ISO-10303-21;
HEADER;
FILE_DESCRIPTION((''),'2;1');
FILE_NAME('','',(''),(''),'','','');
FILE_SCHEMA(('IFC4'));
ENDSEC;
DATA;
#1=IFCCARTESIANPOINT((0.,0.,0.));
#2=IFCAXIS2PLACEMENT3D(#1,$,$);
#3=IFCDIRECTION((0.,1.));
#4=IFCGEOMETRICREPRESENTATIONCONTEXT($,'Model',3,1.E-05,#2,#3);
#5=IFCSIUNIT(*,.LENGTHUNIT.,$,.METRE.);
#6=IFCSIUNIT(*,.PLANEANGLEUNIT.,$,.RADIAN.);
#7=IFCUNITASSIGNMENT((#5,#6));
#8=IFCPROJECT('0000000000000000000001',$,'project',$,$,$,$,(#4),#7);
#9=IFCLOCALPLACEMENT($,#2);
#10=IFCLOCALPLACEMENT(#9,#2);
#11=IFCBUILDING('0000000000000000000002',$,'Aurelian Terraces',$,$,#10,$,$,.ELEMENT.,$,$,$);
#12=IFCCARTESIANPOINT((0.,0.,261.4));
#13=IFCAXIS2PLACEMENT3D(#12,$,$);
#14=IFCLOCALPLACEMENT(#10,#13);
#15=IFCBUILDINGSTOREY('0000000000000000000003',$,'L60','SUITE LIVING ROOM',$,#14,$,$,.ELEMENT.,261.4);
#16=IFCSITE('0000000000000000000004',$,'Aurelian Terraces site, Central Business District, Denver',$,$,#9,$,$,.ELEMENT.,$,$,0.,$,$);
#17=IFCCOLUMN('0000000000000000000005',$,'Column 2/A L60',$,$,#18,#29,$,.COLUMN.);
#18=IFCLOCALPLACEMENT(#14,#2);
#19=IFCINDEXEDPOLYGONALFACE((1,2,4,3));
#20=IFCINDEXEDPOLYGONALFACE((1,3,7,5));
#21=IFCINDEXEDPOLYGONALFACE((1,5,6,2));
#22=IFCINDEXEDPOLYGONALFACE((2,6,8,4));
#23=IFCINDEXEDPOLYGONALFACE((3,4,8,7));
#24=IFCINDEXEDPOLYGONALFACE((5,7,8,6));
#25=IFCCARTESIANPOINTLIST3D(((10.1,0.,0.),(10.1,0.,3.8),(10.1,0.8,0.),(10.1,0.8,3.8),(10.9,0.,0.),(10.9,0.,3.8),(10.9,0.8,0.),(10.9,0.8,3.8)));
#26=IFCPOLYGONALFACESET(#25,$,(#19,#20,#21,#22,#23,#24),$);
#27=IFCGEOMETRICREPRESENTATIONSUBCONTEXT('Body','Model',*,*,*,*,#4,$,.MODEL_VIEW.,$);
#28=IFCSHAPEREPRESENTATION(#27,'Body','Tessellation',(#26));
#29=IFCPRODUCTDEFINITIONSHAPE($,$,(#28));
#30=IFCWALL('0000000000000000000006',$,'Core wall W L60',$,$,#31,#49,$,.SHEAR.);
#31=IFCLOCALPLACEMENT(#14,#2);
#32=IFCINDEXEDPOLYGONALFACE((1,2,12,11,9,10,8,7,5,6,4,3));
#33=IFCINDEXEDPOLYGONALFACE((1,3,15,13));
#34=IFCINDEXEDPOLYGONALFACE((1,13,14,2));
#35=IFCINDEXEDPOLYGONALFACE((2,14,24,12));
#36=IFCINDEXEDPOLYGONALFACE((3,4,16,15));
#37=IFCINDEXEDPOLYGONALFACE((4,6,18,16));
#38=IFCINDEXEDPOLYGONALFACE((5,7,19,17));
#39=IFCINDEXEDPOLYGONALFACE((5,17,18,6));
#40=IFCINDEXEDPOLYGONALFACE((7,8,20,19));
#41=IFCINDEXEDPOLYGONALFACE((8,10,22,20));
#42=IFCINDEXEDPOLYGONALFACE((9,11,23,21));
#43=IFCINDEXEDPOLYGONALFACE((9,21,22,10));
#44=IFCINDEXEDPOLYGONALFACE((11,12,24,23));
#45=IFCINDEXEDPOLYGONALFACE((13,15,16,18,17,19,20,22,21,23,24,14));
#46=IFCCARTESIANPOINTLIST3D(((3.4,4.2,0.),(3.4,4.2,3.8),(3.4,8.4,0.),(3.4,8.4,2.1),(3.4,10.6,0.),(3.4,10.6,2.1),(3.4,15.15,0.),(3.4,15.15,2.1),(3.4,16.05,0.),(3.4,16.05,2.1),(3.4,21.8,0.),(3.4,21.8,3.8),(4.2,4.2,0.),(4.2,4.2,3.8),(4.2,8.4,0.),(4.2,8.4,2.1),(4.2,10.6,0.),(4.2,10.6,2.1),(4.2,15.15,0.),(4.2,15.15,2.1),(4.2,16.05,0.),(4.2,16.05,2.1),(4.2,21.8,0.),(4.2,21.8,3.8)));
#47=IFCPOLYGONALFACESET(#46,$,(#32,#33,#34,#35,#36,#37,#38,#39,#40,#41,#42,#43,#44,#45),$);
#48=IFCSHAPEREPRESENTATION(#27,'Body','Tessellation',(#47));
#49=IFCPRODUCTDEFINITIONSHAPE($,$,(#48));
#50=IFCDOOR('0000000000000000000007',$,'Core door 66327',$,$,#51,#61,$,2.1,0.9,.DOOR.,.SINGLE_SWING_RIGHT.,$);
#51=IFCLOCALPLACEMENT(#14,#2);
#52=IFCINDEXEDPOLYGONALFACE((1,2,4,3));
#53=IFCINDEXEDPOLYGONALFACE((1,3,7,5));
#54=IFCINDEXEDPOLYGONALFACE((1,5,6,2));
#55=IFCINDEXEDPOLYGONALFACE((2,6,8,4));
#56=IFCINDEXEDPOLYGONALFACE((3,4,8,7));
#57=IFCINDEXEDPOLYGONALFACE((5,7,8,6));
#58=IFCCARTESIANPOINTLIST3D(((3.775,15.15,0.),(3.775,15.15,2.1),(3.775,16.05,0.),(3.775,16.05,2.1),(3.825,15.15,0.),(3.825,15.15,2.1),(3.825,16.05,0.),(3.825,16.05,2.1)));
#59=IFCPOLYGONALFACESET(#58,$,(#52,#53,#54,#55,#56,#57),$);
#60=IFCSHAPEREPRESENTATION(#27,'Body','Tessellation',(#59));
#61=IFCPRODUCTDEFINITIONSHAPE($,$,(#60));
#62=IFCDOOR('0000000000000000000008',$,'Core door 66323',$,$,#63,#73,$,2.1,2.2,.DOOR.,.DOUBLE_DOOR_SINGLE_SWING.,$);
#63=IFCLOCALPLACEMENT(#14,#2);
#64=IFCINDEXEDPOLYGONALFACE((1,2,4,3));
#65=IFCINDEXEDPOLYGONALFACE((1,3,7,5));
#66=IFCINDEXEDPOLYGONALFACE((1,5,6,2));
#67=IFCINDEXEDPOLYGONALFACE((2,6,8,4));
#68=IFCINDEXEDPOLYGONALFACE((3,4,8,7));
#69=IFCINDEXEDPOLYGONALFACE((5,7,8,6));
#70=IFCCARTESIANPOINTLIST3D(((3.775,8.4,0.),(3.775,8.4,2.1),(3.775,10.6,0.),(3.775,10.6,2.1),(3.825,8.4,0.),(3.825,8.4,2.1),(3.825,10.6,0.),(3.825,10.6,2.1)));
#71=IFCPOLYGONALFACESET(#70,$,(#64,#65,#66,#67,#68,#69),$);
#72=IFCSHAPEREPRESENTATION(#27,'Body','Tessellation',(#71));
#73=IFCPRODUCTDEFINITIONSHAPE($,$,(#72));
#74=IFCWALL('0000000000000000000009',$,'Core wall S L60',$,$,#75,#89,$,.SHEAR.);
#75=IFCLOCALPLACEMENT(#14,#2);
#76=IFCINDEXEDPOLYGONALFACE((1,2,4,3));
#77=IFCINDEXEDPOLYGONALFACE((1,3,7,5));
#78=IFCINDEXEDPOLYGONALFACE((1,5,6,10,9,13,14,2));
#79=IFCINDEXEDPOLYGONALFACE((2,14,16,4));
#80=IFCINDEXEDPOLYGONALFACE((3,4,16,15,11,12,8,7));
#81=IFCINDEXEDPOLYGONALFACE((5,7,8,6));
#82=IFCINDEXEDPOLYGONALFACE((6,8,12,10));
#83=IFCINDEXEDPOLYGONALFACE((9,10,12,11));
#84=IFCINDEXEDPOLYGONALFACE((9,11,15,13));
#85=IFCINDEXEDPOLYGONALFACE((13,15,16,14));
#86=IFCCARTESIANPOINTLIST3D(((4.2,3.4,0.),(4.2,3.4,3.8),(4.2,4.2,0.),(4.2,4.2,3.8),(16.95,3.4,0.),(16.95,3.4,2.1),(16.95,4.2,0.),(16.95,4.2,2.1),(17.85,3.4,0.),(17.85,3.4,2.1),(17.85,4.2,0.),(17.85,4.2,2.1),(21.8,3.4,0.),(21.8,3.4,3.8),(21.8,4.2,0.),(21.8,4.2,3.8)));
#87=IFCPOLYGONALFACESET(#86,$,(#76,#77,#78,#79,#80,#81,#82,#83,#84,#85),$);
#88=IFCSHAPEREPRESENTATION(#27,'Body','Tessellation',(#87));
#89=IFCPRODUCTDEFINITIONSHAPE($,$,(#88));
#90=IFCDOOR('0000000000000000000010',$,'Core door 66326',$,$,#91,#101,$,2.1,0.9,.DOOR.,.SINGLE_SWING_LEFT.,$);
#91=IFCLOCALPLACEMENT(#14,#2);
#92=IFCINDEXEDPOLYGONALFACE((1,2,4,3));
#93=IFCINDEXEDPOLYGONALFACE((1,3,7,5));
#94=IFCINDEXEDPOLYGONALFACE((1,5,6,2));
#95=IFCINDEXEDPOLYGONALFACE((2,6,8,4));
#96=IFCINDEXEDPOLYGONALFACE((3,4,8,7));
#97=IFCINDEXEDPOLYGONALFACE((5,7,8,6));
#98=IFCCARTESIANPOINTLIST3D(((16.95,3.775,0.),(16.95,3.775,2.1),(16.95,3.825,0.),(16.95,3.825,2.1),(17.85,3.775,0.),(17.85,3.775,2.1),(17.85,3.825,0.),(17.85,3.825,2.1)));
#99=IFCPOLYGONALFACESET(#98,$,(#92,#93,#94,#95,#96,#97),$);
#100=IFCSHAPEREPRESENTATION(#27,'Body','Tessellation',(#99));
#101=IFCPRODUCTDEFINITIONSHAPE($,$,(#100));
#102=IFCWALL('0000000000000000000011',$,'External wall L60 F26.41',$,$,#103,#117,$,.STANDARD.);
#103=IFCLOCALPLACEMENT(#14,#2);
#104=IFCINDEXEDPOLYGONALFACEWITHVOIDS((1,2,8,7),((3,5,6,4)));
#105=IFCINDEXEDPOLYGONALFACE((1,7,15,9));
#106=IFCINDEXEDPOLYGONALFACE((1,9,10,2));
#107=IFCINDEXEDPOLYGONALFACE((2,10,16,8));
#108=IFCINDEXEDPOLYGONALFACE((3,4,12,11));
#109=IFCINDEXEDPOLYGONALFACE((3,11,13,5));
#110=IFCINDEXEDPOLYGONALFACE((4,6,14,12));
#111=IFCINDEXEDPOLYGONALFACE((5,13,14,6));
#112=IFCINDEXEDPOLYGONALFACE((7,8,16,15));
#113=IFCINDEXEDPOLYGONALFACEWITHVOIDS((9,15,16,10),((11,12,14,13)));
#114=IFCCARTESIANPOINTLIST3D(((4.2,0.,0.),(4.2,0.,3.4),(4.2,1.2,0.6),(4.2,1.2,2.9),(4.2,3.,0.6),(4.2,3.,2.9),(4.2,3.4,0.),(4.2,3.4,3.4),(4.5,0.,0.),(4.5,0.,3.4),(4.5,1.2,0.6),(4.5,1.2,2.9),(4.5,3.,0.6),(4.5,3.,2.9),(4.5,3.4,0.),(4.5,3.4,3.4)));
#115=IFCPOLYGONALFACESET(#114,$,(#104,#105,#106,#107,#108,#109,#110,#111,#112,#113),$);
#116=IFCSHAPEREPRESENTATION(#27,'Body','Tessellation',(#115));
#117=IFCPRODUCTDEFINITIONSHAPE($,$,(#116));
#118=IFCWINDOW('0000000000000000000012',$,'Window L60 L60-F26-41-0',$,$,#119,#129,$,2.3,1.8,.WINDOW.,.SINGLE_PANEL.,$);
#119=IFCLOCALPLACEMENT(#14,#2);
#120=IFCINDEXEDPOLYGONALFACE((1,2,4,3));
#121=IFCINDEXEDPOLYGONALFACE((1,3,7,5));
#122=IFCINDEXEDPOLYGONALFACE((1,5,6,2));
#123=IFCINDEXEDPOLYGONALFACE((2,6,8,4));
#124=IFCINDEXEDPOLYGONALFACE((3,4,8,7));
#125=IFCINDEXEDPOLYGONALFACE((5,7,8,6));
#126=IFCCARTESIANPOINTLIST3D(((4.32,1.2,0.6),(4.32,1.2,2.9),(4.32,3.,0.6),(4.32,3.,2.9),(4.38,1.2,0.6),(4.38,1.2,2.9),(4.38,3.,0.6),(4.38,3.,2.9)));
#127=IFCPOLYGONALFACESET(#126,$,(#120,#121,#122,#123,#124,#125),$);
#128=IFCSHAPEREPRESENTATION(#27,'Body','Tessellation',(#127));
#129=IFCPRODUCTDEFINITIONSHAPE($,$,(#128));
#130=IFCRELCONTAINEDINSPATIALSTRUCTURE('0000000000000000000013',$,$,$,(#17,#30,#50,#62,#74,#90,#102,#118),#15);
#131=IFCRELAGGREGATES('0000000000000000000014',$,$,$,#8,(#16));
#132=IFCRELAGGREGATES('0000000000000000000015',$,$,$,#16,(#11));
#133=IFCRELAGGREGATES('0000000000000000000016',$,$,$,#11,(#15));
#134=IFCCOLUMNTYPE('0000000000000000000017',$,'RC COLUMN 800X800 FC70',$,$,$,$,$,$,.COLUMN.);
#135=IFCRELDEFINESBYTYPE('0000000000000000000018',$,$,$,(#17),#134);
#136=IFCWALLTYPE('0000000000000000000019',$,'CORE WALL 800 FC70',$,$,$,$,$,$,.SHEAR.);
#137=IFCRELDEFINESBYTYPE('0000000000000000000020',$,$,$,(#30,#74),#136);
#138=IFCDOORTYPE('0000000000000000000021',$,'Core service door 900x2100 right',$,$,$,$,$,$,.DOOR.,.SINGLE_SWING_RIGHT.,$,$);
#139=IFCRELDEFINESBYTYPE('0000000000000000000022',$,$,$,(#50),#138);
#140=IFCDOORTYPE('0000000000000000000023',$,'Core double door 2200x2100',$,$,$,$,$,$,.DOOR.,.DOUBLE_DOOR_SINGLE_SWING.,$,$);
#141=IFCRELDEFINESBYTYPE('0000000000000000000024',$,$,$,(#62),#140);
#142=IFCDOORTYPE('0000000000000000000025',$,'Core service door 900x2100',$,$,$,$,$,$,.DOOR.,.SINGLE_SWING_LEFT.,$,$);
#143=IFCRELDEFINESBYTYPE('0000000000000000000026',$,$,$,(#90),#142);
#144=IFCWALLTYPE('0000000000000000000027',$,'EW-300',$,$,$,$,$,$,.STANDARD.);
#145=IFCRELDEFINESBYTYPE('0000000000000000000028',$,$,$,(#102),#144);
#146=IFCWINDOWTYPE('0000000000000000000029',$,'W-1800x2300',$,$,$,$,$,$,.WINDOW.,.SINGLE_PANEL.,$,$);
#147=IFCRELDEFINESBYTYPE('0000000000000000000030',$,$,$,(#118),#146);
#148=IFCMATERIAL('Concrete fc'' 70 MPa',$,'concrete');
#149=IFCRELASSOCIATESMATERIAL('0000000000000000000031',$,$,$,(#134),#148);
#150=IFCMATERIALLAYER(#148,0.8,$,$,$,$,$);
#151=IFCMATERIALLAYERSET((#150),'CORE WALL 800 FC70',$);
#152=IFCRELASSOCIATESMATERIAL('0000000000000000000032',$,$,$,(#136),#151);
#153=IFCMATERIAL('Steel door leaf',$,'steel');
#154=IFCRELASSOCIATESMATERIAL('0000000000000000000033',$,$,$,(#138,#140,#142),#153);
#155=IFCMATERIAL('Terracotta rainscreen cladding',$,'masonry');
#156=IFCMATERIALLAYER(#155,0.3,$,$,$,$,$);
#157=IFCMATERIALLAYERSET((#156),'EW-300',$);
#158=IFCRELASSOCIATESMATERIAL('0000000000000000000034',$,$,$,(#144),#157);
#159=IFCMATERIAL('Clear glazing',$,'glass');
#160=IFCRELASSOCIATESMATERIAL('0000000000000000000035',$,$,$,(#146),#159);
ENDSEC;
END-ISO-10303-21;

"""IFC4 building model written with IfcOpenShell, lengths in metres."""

from ifc_helpers import new_model, si_unit, direction, frame, frame_2d, origin, origin_2d, place, context, subcontext, project, spatial, rectangle, extrude, source, transform, mapped, material, layer, layer_set, material_profile, profile_set, type_object, element, fill, save


model = new_model("IFC4")

# Units and contexts
model_context = context("Model", 3, precision=1e-05, world=origin(), true_north=direction((0.0, 1.0)))
body_context = subcontext(model_context, "Body", "Model", "MODEL_VIEW")
ifc_project = project(units=[si_unit("LENGTHUNIT", "METRE"), si_unit("PLANEANGLEUNIT", "RADIAN")], contexts=[model_context])

# Site, building, storey
site_placement = place(None, origin())
site = spatial("IfcSite", under=ifc_project, at=site_placement, Name="Aurelian Terraces site, Central Business District, Denver", CompositionType="ELEMENT", RefElevation=0.0)
building_placement = place(site_placement, origin())
building = spatial("IfcBuilding", under=site, at=building_placement, Name="Aurelian Terraces", CompositionType="ELEMENT")
storey_placement = place(building_placement, frame((0.0, 0.0, 261.4)))
storey = spatial("IfcBuildingStorey", under=building, at=storey_placement, Name="L60", Description="SUITE LIVING ROOM", CompositionType="ELEMENT", Elevation=261.4)

# Column
ifc_material_1 = material(Name="Concrete fc' 70 MPa", Category="concrete")
ifc_material_profile = material_profile(ifc_material_1, rectangle(XDim=0.8, YDim=0.8, at=origin_2d()))
ifc_profile_set = profile_set([ifc_material_profile], Name="Concrete fc' 70 MPa")
column_type = type_object("IfcColumnType", Name="RC COLUMN 800X800 FC70", PredefinedType="COLUMN", material=ifc_profile_set)
shared_shape_1 = source(origin(), body_context, "Body", "SweptSolid", [
    extrude(rectangle(XDim=0.8, YDim=0.8, at=origin_2d()), origin(), (0.0, 0.0, 1.0), 3.8),
])
column_placement = place(storey_placement, frame((10.5, 0.4, 0.0), z_axis=(0.0, 0.0, 1.0), x_axis=(1.0, 0.0, 0.0)))
element("IfcColumn", 1, at=column_placement, inside=storey, type_object=column_type, Name="Column 2/A L60", PredefinedType="COLUMN", context=body_context, shape_type="MappedRepresentation", body=[
    mapped(shared_shape_1, transform((0.0, 0.0, 0.0), scale=1.0)),
])

# Wall, openings, doors
ifc_layer_1 = layer(ifc_material_1, 0.8)
ifc_layer_set_1 = layer_set([ifc_layer_1], Name="CORE WALL 800 FC70")
wall_type_1 = type_object("IfcWallType", Name="CORE WALL 800 FC70", PredefinedType="SHEAR", material=ifc_layer_set_1)
shared_shape_2 = source(origin(), body_context, "Body", "SweptSolid", [
    extrude(rectangle(XDim=17.6, YDim=0.8, at=frame_2d((8.8, 0.0))), origin(), (0.0, 0.0, 1.0), 3.8),
])
wall_1_placement = place(storey_placement, frame((3.8, 4.2, 0.0), z_axis=(0.0, 0.0, 1.0), x_axis=(0.0, 1.0, 0.0)))
wall_1 = element("IfcWall", 2, at=wall_1_placement, inside=storey, type_object=wall_type_1, Name="Core wall W L60", PredefinedType="SHEAR", context=body_context, shape_type="MappedRepresentation", body=[
    mapped(shared_shape_2, transform((0.0, 0.0, 0.0), scale=1.0)),
])
shared_shape_3 = source(origin(), body_context, "Body", "SweptSolid", [
    extrude(rectangle(XDim=2.2, YDim=2.1, at=frame_2d((1.1, 1.05))), frame((0.0, 0.41, 0.0), z_axis=(0.0, -1.0, 0.0), x_axis=(1.0, 0.0, 0.0)), (0.0, 0.0, 1.0), 0.82),
])
opening_1_placement = place(wall_1_placement, frame((4.2, 0.0, 0.0)))
opening_1 = element("IfcOpeningElement", 3, at=opening_1_placement, cuts=wall_1, PredefinedType="OPENING", context=body_context, shape_type="MappedRepresentation", body=[
    mapped(shared_shape_3, transform((0.0, 0.0, 0.0), scale=1.0)),
])
shared_shape_4 = source(origin(), body_context, "Body", "SweptSolid", [
    extrude(rectangle(XDim=0.9, YDim=2.1, at=frame_2d((0.45, 1.05))), frame((0.0, 0.41, 0.0), z_axis=(0.0, -1.0, 0.0), x_axis=(1.0, 0.0, 0.0)), (0.0, 0.0, 1.0), 0.82),
])
opening_2_placement = place(wall_1_placement, frame((10.95, 0.0, 0.0)))
opening_2 = element("IfcOpeningElement", 4, at=opening_2_placement, cuts=wall_1, PredefinedType="OPENING", context=body_context, shape_type="MappedRepresentation", body=[
    mapped(shared_shape_4, transform((0.0, 0.0, 0.0), scale=1.0)),
])
ifc_material_2 = material(Name="Steel door leaf", Category="steel")
door_type_1 = type_object("IfcDoorType", Name="Core service door 900x2100 right", OperationType="SINGLE_SWING_RIGHT", PredefinedType="DOOR", material=ifc_material_2)
shared_shape_5 = source(origin(), body_context, "Body", "SweptSolid", [
    extrude(rectangle(XDim=0.9, YDim=2.1, at=frame_2d((0.45, 1.05))), frame((0.0, 0.025, 0.0), z_axis=(0.0, -1.0, 0.0), x_axis=(1.0, 0.0, 0.0)), (0.0, 0.0, 1.0), 0.05),
])
door_1_placement = place(opening_2_placement, origin())
door_1 = element("IfcDoor", 5, at=door_1_placement, inside=storey, type_object=door_type_1, Name="Core door 66327", OperationType="SINGLE_SWING_RIGHT", OverallHeight=2.1, OverallWidth=0.9, PredefinedType="DOOR", context=body_context, shape_type="MappedRepresentation", body=[
    mapped(shared_shape_5, transform((0.0, 0.0, 0.0), scale=1.0)),
])
fill(opening_2, door_1)
door_type_2 = type_object("IfcDoorType", Name="Core double door 2200x2100", OperationType="DOUBLE_DOOR_SINGLE_SWING", PredefinedType="DOOR", material=ifc_material_2)
shared_shape_6 = source(origin(), body_context, "Body", "SweptSolid", [
    extrude(rectangle(XDim=2.2, YDim=2.1, at=frame_2d((1.1, 1.05))), frame((0.0, 0.025, 0.0), z_axis=(0.0, -1.0, 0.0), x_axis=(1.0, 0.0, 0.0)), (0.0, 0.0, 1.0), 0.05),
])
door_2_placement = place(opening_1_placement, origin())
door_2 = element("IfcDoor", 6, at=door_2_placement, inside=storey, type_object=door_type_2, Name="Core door 66323", OperationType="DOUBLE_DOOR_SINGLE_SWING", OverallHeight=2.1, OverallWidth=2.2, PredefinedType="DOOR", context=body_context, shape_type="MappedRepresentation", body=[
    mapped(shared_shape_6, transform((0.0, 0.0, 0.0), scale=1.0)),
])
fill(opening_1, door_2)

# Wall, opening, door
wall_2_placement = place(storey_placement, frame((4.2, 3.8, 0.0), z_axis=(0.0, 0.0, 1.0), x_axis=(1.0, 0.0, 0.0)))
wall_2 = element("IfcWall", 7, at=wall_2_placement, inside=storey, type_object=wall_type_1, Name="Core wall S L60", PredefinedType="SHEAR", context=body_context, shape_type="MappedRepresentation", body=[
    mapped(shared_shape_2, transform((0.0, 0.0, 0.0), scale=1.0)),
])
opening_3_placement = place(wall_2_placement, frame((12.75, 0.0, 0.0)))
opening_3 = element("IfcOpeningElement", 8, at=opening_3_placement, cuts=wall_2, PredefinedType="OPENING", context=body_context, shape_type="MappedRepresentation", body=[
    mapped(shared_shape_4, transform((0.0, 0.0, 0.0), scale=1.0)),
])
door_type_3 = type_object("IfcDoorType", Name="Core service door 900x2100", OperationType="SINGLE_SWING_LEFT", PredefinedType="DOOR", material=ifc_material_2)
door_3_placement = place(opening_3_placement, origin())
door_3 = element("IfcDoor", 9, at=door_3_placement, inside=storey, type_object=door_type_3, Name="Core door 66326", OperationType="SINGLE_SWING_LEFT", OverallHeight=2.1, OverallWidth=0.9, PredefinedType="DOOR", context=body_context, shape_type="MappedRepresentation", body=[
    mapped(shared_shape_5, transform((0.0, 0.0, 0.0), scale=1.0)),
])
fill(opening_3, door_3)

# Wall, opening, window
ifc_material_3 = material(Name="Terracotta rainscreen cladding", Category="masonry")
ifc_layer_2 = layer(ifc_material_3, 0.3)
ifc_layer_set_2 = layer_set([ifc_layer_2], Name="EW-300")
wall_type_2 = type_object("IfcWallType", Name="EW-300", PredefinedType="STANDARD", material=ifc_layer_set_2)
shared_shape_7 = source(origin(), body_context, "Body", "SweptSolid", [
    extrude(rectangle(XDim=3.4, YDim=0.3, at=frame_2d((1.7, 0.0))), origin(), (0.0, 0.0, 1.0), 3.4),
])
wall_3_placement = place(storey_placement, frame((4.35, 3.4, 0.0), z_axis=(0.0, 0.0, 1.0), x_axis=(0.0, -1.0, 0.0)))
wall_3 = element("IfcWall", 10, at=wall_3_placement, inside=storey, type_object=wall_type_2, Name="External wall L60 F26.41", PredefinedType="STANDARD", context=body_context, shape_type="MappedRepresentation", body=[
    mapped(shared_shape_7, transform((0.0, 0.0, 0.0), scale=1.0)),
])
shared_shape_8 = source(origin(), body_context, "Body", "SweptSolid", [
    extrude(rectangle(XDim=1.8, YDim=2.3, at=frame_2d((0.9, 1.15))), frame((0.0, 0.16, 0.0), z_axis=(0.0, -1.0, 0.0), x_axis=(1.0, 0.0, 0.0)), (0.0, 0.0, 1.0), 0.32),
])
opening_4_placement = place(wall_3_placement, frame((0.4, 0.0, 0.6)))
opening_4 = element("IfcOpeningElement", 11, at=opening_4_placement, cuts=wall_3, PredefinedType="OPENING", context=body_context, shape_type="MappedRepresentation", body=[
    mapped(shared_shape_8, transform((0.0, 0.0, 0.0), scale=1.0)),
])
ifc_material_4 = material(Name="Clear glazing", Category="glass")
window_type_1 = type_object("IfcWindowType", Name="W-1800x2300", PartitioningType="SINGLE_PANEL", PredefinedType="WINDOW", material=ifc_material_4)
shared_shape_9 = source(origin(), body_context, "Body", "SweptSolid", [
    extrude(rectangle(XDim=1.8, YDim=2.3, at=frame_2d((0.9, 1.15))), frame((0.0, 0.03, 0.0), z_axis=(0.0, -1.0, 0.0), x_axis=(1.0, 0.0, 0.0)), (0.0, 0.0, 1.0), 0.06),
])
window_1_placement = place(opening_4_placement, origin())
window_1 = element("IfcWindow", 12, at=window_1_placement, inside=storey, type_object=window_type_1, Name="Window L60 L60-F26-41-0", OverallHeight=2.3, OverallWidth=1.8, PartitioningType="SINGLE_PANEL", PredefinedType="WINDOW", context=body_context, shape_type="MappedRepresentation", body=[
    mapped(shared_shape_9, transform((0.0, 0.0, 0.0), scale=1.0)),
])
fill(opening_4, window_1)

save(model, "model.ifc")
